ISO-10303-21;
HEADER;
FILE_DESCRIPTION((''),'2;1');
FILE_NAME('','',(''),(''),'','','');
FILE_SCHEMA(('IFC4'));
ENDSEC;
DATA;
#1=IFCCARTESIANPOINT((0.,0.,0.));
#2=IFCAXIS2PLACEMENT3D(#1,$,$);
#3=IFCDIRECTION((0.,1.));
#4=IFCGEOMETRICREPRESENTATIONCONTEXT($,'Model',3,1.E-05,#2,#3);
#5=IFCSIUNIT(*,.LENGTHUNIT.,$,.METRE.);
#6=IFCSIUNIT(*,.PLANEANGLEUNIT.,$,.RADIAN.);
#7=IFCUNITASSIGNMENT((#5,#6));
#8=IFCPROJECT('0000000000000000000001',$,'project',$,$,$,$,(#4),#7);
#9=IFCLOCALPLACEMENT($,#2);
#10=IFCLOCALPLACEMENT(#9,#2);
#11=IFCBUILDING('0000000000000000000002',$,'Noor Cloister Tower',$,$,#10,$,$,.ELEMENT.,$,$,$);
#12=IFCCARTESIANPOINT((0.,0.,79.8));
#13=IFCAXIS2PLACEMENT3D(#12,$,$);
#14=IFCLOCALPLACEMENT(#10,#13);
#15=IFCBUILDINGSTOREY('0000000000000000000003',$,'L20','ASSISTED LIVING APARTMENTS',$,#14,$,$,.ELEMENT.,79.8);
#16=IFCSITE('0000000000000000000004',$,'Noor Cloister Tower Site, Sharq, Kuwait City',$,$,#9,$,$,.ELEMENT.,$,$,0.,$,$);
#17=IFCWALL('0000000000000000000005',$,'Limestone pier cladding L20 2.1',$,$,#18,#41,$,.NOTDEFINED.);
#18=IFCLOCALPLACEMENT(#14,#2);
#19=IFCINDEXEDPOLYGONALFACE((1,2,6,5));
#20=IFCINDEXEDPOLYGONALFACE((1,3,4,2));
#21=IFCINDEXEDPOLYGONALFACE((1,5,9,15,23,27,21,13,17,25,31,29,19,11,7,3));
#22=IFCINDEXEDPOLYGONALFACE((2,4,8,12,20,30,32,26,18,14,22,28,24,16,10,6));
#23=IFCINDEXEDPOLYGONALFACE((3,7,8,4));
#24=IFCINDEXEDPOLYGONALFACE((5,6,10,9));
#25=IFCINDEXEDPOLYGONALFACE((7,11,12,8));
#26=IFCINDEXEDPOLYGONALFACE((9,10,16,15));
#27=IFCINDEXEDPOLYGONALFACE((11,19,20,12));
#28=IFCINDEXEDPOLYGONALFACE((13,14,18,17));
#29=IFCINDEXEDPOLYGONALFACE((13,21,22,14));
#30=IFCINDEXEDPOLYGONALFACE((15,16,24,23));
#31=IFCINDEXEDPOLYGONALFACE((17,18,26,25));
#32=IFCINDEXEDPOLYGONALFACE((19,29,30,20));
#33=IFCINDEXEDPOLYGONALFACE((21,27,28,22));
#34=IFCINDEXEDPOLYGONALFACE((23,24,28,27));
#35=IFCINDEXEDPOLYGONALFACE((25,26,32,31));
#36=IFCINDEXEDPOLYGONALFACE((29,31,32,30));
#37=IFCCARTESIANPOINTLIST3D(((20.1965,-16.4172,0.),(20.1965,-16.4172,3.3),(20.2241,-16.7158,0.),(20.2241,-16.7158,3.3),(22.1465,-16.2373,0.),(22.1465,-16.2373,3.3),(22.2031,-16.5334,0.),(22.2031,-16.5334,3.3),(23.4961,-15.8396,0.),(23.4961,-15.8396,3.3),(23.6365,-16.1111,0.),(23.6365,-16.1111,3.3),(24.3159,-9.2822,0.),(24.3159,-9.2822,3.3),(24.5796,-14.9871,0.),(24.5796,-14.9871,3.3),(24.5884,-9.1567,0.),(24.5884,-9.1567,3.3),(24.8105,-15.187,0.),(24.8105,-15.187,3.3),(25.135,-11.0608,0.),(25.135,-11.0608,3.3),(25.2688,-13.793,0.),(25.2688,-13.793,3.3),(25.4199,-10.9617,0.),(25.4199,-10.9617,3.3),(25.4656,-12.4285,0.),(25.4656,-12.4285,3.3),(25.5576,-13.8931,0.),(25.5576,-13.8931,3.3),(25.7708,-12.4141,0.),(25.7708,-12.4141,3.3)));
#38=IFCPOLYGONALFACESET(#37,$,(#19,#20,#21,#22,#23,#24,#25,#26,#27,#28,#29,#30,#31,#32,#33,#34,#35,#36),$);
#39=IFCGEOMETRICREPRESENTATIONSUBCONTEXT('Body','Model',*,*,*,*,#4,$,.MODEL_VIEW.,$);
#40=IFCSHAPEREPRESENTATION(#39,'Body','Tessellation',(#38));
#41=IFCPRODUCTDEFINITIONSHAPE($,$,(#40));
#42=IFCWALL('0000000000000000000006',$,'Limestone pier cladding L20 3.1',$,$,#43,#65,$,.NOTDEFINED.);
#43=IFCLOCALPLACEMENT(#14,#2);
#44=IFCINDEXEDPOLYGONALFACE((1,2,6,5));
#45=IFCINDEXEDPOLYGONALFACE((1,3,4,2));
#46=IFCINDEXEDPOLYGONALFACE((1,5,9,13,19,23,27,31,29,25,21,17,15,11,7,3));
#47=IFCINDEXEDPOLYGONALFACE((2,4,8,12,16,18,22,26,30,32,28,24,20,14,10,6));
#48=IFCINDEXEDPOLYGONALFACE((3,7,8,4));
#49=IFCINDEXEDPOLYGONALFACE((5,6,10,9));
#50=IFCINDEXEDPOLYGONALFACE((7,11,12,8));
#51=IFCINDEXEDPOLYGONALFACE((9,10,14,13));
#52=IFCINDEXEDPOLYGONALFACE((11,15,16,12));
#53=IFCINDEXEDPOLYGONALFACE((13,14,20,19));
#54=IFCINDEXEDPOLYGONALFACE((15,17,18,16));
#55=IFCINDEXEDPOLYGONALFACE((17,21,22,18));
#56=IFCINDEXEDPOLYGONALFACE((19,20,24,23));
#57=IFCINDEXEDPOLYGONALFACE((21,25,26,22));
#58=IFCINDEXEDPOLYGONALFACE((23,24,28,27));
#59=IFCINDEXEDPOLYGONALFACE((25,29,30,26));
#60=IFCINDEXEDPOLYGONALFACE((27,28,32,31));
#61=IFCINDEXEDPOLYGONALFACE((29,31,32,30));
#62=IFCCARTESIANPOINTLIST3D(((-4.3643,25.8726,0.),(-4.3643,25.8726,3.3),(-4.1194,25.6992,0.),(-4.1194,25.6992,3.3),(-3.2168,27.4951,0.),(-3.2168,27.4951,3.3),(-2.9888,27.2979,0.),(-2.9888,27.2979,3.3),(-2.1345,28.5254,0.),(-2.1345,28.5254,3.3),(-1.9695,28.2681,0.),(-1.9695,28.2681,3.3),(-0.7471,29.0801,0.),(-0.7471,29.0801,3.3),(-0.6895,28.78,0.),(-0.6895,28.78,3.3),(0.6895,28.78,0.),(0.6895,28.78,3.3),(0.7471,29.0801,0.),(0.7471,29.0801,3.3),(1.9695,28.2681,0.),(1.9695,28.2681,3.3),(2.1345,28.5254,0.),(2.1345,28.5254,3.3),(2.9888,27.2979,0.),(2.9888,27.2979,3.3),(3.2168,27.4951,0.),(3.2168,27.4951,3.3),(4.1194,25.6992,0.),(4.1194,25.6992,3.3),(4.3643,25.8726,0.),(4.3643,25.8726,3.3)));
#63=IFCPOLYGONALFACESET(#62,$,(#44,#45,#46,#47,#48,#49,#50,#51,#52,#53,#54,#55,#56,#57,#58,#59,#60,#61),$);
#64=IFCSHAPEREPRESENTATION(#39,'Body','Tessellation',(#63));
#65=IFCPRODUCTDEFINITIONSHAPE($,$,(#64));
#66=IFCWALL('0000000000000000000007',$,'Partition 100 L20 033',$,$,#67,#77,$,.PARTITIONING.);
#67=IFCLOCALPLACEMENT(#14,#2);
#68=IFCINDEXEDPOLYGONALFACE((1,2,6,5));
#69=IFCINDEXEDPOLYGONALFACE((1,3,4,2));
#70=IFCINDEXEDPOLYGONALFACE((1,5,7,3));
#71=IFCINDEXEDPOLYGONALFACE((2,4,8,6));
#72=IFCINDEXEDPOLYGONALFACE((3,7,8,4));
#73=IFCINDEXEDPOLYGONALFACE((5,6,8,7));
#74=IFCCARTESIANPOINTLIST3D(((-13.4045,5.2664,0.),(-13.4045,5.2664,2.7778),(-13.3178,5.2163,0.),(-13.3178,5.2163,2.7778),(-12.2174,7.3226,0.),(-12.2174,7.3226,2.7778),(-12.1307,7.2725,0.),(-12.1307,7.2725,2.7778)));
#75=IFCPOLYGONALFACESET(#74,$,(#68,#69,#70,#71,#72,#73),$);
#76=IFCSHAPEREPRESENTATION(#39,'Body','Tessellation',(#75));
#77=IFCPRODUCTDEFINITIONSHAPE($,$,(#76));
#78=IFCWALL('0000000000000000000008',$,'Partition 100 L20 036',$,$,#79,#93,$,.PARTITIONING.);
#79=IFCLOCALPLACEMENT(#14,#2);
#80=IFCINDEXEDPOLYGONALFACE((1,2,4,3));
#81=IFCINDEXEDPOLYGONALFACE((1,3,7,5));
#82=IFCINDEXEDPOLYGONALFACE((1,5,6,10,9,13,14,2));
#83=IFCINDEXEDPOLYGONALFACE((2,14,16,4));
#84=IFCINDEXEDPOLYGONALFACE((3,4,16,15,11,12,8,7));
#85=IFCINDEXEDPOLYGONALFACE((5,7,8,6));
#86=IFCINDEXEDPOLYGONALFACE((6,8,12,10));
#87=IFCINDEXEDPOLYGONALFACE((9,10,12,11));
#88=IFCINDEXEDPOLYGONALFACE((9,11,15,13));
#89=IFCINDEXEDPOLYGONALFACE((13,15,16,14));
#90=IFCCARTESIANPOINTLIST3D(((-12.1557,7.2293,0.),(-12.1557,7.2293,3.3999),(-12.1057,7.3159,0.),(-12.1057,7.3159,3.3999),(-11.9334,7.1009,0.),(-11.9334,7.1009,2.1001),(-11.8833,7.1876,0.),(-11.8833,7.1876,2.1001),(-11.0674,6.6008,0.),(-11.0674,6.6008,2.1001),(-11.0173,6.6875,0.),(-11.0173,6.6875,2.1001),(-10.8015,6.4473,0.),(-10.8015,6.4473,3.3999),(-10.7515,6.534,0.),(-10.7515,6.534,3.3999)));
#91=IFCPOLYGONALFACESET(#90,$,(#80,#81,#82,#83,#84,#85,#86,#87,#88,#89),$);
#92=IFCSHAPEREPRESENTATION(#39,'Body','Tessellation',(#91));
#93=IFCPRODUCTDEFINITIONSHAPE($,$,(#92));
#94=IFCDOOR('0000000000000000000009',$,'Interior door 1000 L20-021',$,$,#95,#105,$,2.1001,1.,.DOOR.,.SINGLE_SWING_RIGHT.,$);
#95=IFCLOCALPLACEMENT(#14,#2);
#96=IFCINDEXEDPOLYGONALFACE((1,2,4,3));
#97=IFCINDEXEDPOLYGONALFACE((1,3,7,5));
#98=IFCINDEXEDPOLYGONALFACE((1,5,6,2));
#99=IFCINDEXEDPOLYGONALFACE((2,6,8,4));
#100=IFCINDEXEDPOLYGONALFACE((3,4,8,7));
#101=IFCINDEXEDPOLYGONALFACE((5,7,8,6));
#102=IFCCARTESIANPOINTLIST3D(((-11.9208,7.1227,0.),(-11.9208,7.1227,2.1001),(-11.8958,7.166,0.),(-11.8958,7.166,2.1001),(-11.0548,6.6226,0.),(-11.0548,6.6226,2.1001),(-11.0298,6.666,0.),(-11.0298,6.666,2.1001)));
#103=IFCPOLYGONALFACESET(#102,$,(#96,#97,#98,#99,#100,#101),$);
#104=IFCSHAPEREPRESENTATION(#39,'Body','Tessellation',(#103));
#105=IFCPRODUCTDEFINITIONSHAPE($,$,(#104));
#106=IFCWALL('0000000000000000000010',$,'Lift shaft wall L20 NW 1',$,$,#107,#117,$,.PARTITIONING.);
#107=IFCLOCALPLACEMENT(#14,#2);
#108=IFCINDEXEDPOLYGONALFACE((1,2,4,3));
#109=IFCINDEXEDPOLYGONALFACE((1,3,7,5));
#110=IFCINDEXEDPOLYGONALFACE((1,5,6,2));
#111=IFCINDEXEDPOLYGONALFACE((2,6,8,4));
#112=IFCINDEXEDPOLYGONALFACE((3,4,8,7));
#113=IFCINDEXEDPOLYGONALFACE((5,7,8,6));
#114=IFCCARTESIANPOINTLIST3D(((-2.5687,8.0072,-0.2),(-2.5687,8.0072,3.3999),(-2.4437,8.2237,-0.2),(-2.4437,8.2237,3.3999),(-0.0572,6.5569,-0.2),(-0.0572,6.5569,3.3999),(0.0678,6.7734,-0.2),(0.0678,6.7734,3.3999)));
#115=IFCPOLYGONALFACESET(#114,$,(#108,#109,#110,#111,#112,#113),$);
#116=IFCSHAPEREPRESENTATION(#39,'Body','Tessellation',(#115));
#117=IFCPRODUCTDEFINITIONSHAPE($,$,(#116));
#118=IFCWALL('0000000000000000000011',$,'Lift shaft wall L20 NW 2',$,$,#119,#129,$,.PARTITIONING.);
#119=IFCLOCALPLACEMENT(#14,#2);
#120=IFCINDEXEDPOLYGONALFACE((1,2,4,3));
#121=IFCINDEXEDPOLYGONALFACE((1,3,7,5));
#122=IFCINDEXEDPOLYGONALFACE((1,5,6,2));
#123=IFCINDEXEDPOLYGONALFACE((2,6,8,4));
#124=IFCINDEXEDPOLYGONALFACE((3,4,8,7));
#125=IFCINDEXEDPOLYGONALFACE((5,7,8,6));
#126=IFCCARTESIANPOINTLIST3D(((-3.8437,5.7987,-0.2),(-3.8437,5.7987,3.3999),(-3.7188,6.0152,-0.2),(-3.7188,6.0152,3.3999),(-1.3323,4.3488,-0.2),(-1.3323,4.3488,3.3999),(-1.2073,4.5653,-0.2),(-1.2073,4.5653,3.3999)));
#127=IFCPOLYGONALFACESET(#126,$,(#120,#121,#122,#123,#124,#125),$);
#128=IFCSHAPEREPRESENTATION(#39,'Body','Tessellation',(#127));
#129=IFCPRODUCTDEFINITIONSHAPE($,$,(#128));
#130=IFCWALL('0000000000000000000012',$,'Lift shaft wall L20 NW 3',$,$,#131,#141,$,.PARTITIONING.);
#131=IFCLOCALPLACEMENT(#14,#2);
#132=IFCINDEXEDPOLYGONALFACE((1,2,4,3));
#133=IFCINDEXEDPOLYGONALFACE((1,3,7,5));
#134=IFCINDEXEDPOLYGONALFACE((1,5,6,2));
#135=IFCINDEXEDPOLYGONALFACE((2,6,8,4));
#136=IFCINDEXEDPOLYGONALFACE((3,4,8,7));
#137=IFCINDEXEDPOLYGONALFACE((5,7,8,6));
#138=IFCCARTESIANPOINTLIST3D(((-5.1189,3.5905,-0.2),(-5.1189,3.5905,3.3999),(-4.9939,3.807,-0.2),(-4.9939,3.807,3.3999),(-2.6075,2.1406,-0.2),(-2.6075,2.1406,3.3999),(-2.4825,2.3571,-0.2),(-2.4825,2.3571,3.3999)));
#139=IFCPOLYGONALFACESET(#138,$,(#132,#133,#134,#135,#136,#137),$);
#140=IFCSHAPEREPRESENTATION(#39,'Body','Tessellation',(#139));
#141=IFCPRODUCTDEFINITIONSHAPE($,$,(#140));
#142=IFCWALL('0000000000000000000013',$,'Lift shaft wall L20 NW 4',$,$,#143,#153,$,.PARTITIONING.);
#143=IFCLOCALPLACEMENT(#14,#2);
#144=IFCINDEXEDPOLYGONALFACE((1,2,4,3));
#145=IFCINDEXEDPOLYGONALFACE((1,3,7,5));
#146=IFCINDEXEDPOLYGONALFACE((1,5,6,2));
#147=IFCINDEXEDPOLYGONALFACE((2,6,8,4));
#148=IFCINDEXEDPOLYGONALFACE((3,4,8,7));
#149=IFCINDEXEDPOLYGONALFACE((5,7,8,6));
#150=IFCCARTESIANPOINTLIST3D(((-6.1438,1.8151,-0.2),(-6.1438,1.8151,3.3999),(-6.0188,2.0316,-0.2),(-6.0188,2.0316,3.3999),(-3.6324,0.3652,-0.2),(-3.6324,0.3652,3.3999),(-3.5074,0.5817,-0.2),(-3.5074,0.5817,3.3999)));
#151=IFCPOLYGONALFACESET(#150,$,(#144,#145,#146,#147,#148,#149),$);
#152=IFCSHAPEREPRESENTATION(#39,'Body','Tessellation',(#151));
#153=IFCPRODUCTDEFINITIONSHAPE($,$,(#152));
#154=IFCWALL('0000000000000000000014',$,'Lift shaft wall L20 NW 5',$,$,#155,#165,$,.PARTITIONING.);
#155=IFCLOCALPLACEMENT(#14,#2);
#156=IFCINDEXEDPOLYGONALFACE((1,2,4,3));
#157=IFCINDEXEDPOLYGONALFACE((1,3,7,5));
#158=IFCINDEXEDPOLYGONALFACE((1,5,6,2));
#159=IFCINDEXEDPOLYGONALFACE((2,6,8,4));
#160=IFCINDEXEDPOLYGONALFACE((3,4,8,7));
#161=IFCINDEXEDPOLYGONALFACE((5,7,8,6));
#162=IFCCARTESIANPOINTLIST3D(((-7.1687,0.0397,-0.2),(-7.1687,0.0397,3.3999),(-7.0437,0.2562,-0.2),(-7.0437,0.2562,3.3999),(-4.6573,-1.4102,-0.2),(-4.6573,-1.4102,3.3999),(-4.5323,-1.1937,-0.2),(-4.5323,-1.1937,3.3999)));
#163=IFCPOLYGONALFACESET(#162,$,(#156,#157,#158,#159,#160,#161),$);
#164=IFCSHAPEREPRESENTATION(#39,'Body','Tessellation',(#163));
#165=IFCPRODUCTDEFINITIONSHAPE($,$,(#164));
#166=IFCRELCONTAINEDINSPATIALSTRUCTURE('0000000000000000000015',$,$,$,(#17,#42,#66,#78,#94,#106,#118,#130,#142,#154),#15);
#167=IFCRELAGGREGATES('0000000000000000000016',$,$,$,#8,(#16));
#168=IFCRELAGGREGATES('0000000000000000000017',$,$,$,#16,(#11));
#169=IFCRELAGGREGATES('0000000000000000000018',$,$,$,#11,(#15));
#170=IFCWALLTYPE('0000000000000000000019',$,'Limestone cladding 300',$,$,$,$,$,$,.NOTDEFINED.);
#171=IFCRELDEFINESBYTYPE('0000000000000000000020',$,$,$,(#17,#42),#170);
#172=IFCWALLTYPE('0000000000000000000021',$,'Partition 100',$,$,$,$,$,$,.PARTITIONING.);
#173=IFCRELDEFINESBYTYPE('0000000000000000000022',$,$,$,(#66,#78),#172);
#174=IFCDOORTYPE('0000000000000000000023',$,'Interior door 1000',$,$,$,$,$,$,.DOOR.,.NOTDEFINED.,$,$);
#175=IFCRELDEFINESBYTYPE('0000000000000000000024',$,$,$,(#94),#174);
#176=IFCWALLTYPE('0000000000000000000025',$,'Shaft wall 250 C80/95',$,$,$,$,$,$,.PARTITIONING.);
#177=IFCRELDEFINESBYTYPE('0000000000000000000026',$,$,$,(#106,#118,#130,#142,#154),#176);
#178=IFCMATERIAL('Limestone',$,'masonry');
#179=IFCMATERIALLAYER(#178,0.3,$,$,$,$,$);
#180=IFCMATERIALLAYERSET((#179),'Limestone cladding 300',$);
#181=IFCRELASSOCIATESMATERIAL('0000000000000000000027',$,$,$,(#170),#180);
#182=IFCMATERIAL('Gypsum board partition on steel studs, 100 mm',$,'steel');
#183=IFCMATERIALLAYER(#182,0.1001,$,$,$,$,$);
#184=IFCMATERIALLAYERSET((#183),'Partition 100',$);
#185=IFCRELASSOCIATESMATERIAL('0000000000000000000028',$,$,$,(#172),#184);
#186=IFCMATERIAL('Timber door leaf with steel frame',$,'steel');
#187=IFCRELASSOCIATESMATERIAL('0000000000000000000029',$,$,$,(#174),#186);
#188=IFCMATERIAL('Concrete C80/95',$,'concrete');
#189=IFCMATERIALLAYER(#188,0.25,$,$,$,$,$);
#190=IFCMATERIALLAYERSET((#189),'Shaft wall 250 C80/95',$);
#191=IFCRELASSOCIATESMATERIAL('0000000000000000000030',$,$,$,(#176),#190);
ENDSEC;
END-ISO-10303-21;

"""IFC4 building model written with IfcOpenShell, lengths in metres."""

from ifc_helpers import new_model, si_unit, direction, frame, frame_2d, origin, place, context, subcontext, project, spatial, polyline, rectangle, outline, extrude, material, layer, layer_set, type_object, element, fill, save


model = new_model("IFC4")

# Units and contexts
model_context = context("Model", 3, precision=1e-05, world=origin(), true_north=direction((0.0, 1.0)))
body_context = subcontext(model_context, "Body", "Model", "MODEL_VIEW")
ifc_project = project(units=[si_unit("LENGTHUNIT", "METRE"), si_unit("PLANEANGLEUNIT", "RADIAN")], contexts=[model_context])

# Site, building, storey
site_placement = place(None, origin())
site = spatial("IfcSite", under=ifc_project, at=site_placement, Name="Noor Cloister Tower Site, Sharq, Kuwait City", CompositionType="ELEMENT", RefElevation=0.0)
building_placement = place(site_placement, origin())
building = spatial("IfcBuilding", under=site, at=building_placement, Name="Noor Cloister Tower", CompositionType="ELEMENT")
storey_placement = place(building_placement, frame((0.0, 0.0, 79.8)))
storey = spatial("IfcBuildingStorey", under=building, at=storey_placement, Name="L20", Description="ASSISTED LIVING APARTMENTS", CompositionType="ELEMENT", Elevation=79.8)

# Walls
ifc_material_1 = material(Name="Limestone", Category="masonry")
ifc_layer_1 = layer(ifc_material_1, 0.3)
ifc_layer_set_1 = layer_set([ifc_layer_1], Name="Limestone cladding 300")
wall_type_1 = type_object("IfcWallType", Name="Limestone cladding 300", PredefinedType="NOTDEFINED", material=ifc_layer_set_1)
wall_1_placement = place(storey_placement, origin())
element("IfcWall", 1, at=wall_1_placement, inside=storey, type_object=wall_type_1, Name="Limestone pier cladding L20 2.1", PredefinedType="NOTDEFINED", context=body_context, shape_type="SweptSolid", body=[
    extrude(outline(polyline([(20.2241, -16.7158), (22.2031, -16.5334), (23.6365, -16.1111), (24.8105, -15.187), (25.5576, -13.8931), (25.7708, -12.4141), (25.4199, -10.9617), (24.5884, -9.1567), (24.3159, -9.2822), (25.135, -11.0608), (25.4656, -12.4285), (25.2688, -13.793), (24.5796, -14.9871), (23.4961, -15.8396), (22.1465, -16.2373), (20.1965, -16.4172), (20.2241, -16.7158)])), origin(), (0.0, 0.0, 1.0), 3.3),
])
wall_2_placement = place(storey_placement, origin())
element("IfcWall", 2, at=wall_2_placement, inside=storey, type_object=wall_type_1, Name="Limestone pier cladding L20 3.1", PredefinedType="NOTDEFINED", context=body_context, shape_type="SweptSolid", body=[
    extrude(outline(polyline([(4.3643, 25.8726), (3.2168, 27.4951), (2.1345, 28.5254), (0.7471, 29.0801), (-0.7471, 29.0801), (-2.1345, 28.5254), (-3.2168, 27.4951), (-4.3643, 25.8726), (-4.1194, 25.6992), (-2.9888, 27.2979), (-1.9695, 28.2681), (-0.6895, 28.78), (0.6895, 28.78), (1.9695, 28.2681), (2.9888, 27.2979), (4.1194, 25.6992), (4.3643, 25.8726)])), origin(), (0.0, 0.0, 1.0), 3.3),
])
ifc_material_2 = material(Name="Gypsum board partition on steel studs, 100 mm", Category="steel")
ifc_layer_2 = layer(ifc_material_2, 0.1001)
ifc_layer_set_2 = layer_set([ifc_layer_2], Name="Partition 100")
wall_type_2 = type_object("IfcWallType", Name="Partition 100", PredefinedType="PARTITIONING", material=ifc_layer_set_2)
wall_3_placement = place(storey_placement, frame((-13.3611, 5.2415, 0.0), z_axis=(0.0, 0.0, 1.0), x_axis=(0.499966, 0.866045, 0.0)))
element("IfcWall", 3, at=wall_3_placement, inside=storey, type_object=wall_type_2, Name="Partition 100 L20 033", PredefinedType="PARTITIONING", context=body_context, shape_type="SweptSolid", body=[
    extrude(rectangle(XDim=2.3743, YDim=0.1001, at=frame_2d((1.187, 0.0))), origin(), (0.0, 0.0, 1.0), 2.7778),
])

# Wall, opening, door
wall_4_placement = place(storey_placement, frame((-10.7766, 6.4907, 0.0), z_axis=(0.0, 0.0, 1.0), x_axis=(-0.865996, 0.500051, 0.0)))
wall_4 = element("IfcWall", 4, at=wall_4_placement, inside=storey, type_object=wall_type_2, Name="Partition 100 L20 036", PredefinedType="PARTITIONING", context=body_context, shape_type="SweptSolid", body=[
    extrude(rectangle(XDim=1.5637, YDim=0.1001, at=frame_2d((0.7817, 0.0))), origin(), (0.0, 0.0, 1.0), 3.3999),
])
opening_placement = place(wall_4_placement, frame((0.3069, 0.0, 0.0)))
opening = element("IfcOpeningElement", 5, at=opening_placement, cuts=wall_4, PredefinedType="OPENING", context=body_context, shape_type="SweptSolid", body=[
    extrude(rectangle(XDim=1.0, YDim=2.1001, at=frame_2d((0.5, 1.05))), frame((0.0, 0.0601, 0.0), z_axis=(0.0, -1.0, 0.0), x_axis=(1.0, 0.0, 0.0)), (0.0, 0.0, 1.0), 0.1201),
])
ifc_material_3 = material(Name="Timber door leaf with steel frame", Category="steel")
door_type = type_object("IfcDoorType", Name="Interior door 1000", OperationType="NOTDEFINED", PredefinedType="DOOR", material=ifc_material_3)
door_placement = place(opening_placement, origin())
door = element("IfcDoor", 6, at=door_placement, inside=storey, type_object=door_type, Name="Interior door 1000 L20-021", OperationType="SINGLE_SWING_RIGHT", OverallHeight=2.1001, OverallWidth=1.0, PredefinedType="DOOR", context=body_context, shape_type="SweptSolid", body=[
    extrude(rectangle(XDim=1.0, YDim=2.1001, at=frame_2d((0.5, 1.05))), frame((0.0, 0.0249, 0.0), z_axis=(0.0, -1.0, 0.0), x_axis=(1.0, 0.0, 0.0)), (0.0, 0.0, 1.0), 0.05),
])
fill(opening, door)

# Walls
ifc_material_4 = material(Name="Concrete C80/95", Category="concrete")
ifc_layer_3 = layer(ifc_material_4, 0.25)
ifc_layer_set_3 = layer_set([ifc_layer_3], Name="Shaft wall 250 C80/95")
wall_type_3 = type_object("IfcWallType", Name="Shaft wall 250 C80/95", PredefinedType="PARTITIONING", material=ifc_layer_set_3)
wall_5_placement = place(storey_placement, frame((-2.5063, 8.1155, -0.2), z_axis=(0.0, 0.0, 1.0), x_axis=(0.865996, -0.50005, 0.0)))
element("IfcWall", 7, at=wall_5_placement, inside=storey, type_object=wall_type_3, Name="Lift shaft wall L20 NW 1", PredefinedType="PARTITIONING", context=body_context, shape_type="SweptSolid", body=[
    extrude(rectangle(XDim=2.9001, YDim=0.25, at=frame_2d((1.4502, 0.0))), origin(), (0.0, 0.0, 1.0), 3.5999),
])
for number, where, z_axis, x_axis, name in (
    (8, (-3.7812, 5.907, -0.2), (0.0, 0.0, 1.0), (0.866033, -0.499987, 0.0), "Lift shaft wall L20 NW 2"),
    (9, (-5.0564, 3.6987, -0.2), (0.0, 0.0, 1.0), (0.866033, -0.499987, 0.0), "Lift shaft wall L20 NW 3"),
    (10, (-6.0813, 1.9233, -0.2), (0.0, 0.0, 1.0), (0.866033, -0.499987, 0.0), "Lift shaft wall L20 NW 4"),
    (11, (-7.1062, 0.1479, -0.2), (0.0, 0.0, 1.0), (0.866033, -0.499987, 0.0), "Lift shaft wall L20 NW 5"),
):
    element("IfcWall", number, at=place(storey_placement, frame(where, z_axis=z_axis, x_axis=x_axis)), inside=storey, type_object=wall_type_3, Name=name, PredefinedType="PARTITIONING", context=body_context, shape_type="SweptSolid", body=[
        extrude(rectangle(XDim=2.8999, YDim=0.25, at=frame_2d((1.45, 0.0))), origin(), (0.0, 0.0, 1.0), 3.5999),
    ])

save(model, "model.ifc")
